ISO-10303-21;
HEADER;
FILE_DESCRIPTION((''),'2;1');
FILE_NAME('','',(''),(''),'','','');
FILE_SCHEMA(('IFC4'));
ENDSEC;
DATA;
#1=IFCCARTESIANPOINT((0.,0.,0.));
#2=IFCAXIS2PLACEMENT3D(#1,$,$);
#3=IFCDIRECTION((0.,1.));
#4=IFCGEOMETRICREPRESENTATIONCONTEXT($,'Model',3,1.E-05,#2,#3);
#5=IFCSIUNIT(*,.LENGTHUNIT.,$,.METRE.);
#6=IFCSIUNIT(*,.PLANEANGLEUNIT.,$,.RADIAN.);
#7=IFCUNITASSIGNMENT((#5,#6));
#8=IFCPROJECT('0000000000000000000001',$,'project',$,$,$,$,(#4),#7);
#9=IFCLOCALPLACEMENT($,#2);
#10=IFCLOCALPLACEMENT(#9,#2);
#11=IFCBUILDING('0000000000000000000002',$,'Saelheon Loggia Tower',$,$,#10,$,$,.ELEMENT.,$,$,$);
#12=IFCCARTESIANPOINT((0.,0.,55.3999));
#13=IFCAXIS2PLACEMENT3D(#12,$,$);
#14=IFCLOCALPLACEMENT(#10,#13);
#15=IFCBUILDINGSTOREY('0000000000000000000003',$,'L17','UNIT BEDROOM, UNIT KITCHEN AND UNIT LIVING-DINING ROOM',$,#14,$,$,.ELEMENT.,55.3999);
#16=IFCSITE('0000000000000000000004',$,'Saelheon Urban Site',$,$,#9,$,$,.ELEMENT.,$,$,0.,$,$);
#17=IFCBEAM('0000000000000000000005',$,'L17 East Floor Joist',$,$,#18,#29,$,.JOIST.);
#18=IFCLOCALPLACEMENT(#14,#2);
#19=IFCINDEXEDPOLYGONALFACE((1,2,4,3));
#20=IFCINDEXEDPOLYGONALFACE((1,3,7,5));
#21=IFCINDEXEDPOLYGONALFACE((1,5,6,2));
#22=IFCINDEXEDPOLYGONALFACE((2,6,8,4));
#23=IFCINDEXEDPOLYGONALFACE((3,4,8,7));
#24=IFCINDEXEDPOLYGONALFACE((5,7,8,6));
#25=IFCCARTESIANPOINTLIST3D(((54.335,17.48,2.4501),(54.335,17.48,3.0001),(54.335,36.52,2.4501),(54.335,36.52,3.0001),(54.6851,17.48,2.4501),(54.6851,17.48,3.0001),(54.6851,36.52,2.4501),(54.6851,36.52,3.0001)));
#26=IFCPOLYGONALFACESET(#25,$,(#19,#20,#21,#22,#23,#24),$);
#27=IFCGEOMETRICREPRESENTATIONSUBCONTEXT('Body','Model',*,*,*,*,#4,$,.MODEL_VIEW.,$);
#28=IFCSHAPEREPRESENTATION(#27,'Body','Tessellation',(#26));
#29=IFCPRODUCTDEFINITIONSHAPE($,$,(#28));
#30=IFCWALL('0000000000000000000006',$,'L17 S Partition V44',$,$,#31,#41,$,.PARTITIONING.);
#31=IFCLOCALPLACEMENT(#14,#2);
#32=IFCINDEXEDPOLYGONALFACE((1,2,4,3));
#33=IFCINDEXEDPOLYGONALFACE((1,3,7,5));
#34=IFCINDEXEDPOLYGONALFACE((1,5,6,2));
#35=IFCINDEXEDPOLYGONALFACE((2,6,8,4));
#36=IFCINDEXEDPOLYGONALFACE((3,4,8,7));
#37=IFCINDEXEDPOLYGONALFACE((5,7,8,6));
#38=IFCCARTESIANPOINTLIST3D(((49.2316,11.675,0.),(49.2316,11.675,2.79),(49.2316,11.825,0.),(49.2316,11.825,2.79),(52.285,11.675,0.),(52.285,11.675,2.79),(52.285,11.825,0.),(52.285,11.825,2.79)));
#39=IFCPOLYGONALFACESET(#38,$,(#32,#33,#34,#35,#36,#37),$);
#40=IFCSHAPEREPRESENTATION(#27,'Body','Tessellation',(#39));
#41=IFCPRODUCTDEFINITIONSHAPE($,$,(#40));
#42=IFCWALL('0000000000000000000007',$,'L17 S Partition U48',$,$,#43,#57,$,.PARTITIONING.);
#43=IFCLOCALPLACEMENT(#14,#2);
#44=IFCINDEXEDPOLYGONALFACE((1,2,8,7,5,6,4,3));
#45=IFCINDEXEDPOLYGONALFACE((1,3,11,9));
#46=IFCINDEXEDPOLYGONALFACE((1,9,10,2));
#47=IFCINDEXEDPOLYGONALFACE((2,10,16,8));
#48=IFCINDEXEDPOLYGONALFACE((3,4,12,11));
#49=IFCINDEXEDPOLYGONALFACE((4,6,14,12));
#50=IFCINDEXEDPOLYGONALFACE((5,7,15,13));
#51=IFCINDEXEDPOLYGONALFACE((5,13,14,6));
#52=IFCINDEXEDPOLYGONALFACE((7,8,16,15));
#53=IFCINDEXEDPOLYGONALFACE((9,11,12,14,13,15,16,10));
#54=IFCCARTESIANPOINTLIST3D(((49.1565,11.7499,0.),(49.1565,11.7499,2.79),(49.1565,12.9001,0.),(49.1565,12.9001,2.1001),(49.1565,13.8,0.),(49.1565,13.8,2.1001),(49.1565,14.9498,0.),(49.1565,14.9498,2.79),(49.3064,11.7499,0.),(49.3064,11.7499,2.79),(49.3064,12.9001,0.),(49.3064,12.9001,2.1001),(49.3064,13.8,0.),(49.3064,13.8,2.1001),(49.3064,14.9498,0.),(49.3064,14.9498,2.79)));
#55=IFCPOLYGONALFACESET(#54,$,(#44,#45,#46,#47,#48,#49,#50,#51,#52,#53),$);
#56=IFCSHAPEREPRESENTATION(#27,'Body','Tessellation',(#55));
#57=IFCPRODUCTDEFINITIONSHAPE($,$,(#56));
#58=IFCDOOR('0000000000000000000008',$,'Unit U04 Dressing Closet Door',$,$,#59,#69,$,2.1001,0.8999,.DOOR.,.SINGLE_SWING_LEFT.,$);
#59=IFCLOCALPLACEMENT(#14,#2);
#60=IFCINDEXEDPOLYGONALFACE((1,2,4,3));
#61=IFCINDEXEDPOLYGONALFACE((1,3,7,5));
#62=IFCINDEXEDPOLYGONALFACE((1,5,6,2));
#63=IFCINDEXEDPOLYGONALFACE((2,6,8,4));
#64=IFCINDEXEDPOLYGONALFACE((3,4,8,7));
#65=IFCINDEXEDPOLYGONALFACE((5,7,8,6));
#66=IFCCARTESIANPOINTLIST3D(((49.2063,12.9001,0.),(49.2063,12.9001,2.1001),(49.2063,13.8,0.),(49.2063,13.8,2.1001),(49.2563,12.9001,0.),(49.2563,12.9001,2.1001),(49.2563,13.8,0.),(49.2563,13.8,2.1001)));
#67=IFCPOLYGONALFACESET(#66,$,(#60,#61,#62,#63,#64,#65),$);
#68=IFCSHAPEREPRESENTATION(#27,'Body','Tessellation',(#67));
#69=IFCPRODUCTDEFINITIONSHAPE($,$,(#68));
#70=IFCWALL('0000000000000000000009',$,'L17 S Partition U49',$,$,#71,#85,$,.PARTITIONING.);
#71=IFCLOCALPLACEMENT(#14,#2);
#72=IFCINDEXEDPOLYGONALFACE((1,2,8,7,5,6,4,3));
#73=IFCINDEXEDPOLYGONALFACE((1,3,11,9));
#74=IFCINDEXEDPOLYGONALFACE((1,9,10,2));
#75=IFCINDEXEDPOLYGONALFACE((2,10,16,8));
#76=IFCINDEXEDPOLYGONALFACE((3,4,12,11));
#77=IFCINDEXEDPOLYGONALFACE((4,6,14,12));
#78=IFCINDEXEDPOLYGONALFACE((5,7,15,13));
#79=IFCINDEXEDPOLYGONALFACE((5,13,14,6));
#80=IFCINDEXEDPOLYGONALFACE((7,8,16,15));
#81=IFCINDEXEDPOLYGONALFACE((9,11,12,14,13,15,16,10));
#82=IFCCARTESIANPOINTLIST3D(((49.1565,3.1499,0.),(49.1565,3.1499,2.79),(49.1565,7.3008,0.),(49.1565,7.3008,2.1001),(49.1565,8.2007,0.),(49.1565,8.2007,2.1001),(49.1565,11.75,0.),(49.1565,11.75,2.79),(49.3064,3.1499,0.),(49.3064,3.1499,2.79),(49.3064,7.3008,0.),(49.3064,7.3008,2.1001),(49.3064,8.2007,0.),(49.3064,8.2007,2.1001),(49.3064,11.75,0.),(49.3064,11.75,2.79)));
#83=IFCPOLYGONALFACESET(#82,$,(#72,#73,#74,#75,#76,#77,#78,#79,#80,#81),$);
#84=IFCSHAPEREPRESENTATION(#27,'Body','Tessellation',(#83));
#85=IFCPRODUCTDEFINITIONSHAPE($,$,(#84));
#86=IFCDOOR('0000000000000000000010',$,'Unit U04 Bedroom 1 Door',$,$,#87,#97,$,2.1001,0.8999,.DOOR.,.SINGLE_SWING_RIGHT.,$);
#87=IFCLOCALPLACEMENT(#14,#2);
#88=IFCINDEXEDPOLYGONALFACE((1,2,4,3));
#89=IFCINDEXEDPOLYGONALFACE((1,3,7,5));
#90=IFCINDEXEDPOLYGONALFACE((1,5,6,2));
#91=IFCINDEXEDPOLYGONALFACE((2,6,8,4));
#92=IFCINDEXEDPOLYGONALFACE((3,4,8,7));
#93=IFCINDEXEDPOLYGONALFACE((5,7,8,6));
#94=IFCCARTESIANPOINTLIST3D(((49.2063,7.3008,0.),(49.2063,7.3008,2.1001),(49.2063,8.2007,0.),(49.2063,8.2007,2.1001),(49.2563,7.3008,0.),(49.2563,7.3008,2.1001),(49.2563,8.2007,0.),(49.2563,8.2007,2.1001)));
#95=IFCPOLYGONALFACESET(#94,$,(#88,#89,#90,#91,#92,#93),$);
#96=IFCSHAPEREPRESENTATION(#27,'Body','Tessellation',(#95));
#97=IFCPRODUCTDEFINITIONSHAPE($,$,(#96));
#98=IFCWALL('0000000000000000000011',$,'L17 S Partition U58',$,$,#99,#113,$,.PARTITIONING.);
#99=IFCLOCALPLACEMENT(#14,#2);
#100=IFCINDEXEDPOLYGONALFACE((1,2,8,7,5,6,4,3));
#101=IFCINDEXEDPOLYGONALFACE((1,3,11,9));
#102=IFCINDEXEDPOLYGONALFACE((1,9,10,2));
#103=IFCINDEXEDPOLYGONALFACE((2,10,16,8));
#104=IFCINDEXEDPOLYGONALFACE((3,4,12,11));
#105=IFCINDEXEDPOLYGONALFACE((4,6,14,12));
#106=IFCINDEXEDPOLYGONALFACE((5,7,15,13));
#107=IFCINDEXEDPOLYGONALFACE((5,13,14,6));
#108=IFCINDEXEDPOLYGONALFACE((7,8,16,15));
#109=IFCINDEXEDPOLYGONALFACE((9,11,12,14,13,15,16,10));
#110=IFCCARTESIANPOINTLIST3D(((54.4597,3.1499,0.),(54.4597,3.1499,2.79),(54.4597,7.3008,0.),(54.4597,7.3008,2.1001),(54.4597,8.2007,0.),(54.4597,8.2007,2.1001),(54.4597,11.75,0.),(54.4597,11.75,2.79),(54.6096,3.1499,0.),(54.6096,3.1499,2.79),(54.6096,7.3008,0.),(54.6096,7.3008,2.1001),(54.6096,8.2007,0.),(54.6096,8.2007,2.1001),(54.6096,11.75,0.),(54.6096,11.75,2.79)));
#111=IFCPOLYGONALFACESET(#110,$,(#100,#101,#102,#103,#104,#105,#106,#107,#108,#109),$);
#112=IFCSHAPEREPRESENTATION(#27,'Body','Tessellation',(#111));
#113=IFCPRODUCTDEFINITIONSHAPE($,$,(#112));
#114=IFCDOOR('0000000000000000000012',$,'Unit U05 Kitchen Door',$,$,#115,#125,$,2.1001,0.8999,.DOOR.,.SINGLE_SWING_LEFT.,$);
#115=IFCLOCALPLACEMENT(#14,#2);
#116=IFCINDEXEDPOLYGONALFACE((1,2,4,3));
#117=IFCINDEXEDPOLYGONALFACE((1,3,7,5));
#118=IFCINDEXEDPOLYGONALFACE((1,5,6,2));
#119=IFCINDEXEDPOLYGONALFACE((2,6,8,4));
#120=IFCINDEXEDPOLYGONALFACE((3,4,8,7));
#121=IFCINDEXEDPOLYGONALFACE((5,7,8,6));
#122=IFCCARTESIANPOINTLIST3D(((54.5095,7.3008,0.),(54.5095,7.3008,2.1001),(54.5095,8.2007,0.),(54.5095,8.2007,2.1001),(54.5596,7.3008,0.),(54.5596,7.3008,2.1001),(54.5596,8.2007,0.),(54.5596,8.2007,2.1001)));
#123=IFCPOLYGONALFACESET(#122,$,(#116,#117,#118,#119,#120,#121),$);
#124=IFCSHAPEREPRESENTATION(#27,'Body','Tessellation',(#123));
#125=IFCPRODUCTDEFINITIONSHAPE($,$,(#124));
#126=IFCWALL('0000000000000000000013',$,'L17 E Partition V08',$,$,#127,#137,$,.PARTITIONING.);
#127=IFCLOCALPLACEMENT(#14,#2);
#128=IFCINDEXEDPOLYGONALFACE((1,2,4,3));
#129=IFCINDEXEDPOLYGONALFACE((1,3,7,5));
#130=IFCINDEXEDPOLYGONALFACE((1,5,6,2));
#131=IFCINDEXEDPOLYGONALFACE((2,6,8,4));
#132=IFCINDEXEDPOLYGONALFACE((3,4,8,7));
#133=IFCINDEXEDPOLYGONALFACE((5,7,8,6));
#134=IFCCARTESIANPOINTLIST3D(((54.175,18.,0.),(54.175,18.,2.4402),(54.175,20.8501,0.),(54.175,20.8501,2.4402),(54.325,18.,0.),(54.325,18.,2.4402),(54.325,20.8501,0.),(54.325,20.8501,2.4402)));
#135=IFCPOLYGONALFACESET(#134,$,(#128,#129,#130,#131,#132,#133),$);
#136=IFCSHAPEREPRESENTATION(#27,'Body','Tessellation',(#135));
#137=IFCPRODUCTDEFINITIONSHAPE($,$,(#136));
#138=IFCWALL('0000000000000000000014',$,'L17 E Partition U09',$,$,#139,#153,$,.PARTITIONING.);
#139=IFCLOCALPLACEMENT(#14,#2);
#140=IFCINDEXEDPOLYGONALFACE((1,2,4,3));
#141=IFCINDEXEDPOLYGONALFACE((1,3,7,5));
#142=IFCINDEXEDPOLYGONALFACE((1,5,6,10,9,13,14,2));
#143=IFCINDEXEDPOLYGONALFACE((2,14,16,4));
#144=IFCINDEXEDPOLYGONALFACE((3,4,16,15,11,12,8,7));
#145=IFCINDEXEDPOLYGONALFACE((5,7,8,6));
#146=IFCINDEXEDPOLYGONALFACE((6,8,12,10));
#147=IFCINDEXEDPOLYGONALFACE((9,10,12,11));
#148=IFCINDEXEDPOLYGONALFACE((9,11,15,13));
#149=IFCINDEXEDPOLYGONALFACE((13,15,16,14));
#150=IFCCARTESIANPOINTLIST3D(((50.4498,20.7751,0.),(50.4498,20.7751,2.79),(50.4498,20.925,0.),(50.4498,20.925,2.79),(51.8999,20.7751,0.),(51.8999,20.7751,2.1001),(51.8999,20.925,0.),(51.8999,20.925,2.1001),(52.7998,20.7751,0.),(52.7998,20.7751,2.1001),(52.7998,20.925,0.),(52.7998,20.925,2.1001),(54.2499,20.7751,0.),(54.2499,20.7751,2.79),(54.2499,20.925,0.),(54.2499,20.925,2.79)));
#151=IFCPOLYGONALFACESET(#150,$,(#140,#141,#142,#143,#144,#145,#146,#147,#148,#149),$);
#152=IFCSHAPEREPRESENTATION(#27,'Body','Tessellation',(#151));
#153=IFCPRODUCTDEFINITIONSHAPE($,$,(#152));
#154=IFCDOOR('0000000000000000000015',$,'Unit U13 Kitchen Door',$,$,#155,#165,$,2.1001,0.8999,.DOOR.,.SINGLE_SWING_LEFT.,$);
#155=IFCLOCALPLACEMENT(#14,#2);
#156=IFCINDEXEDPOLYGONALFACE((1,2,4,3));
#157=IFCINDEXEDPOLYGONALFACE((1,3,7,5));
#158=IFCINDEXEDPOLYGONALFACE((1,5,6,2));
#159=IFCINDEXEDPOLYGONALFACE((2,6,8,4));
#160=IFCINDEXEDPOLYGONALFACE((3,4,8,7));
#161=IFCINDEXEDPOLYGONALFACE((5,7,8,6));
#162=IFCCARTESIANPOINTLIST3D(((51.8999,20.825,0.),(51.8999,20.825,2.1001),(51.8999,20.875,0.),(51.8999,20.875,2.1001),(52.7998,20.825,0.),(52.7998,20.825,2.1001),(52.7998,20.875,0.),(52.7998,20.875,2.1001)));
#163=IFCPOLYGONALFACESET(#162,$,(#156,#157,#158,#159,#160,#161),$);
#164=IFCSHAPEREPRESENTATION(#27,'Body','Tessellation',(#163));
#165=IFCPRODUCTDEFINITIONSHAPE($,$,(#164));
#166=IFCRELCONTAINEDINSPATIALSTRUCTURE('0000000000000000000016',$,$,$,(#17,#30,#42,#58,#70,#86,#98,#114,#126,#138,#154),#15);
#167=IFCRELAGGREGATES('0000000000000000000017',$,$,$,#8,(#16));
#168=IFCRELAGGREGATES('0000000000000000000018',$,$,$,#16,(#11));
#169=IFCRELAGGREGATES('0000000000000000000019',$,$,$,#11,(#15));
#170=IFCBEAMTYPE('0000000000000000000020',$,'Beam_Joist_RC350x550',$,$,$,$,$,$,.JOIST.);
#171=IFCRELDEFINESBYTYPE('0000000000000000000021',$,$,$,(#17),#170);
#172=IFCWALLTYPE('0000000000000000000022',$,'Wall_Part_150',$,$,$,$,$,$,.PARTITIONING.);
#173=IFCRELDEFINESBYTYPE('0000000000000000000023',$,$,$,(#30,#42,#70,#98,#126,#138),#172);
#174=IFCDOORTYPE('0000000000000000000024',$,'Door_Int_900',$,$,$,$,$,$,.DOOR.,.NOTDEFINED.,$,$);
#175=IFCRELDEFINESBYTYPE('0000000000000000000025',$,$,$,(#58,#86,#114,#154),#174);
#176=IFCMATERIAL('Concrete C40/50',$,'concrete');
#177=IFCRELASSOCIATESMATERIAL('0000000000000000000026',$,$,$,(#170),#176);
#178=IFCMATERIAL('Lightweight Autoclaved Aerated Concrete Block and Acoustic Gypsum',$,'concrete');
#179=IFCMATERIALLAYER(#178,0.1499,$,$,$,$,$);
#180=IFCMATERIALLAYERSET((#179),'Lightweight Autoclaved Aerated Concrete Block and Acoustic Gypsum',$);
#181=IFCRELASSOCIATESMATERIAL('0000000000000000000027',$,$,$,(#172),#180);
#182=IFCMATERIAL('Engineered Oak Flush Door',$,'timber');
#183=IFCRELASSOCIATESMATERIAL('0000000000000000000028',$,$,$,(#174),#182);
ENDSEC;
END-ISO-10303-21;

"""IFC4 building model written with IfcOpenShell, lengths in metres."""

from ifc_helpers import new_model, si_unit, direction, frame, frame_2d, origin, origin_2d, place, context, subcontext, project, spatial, rectangle, extrude, source, transform, mapped, material, layer, layer_set, material_profile, profile_set, type_object, element, fill, save


model = new_model("IFC4")

# Units and contexts
model_context = context("Model", 3, precision=1e-05, world=origin(), true_north=direction((0.0, 1.0)))
body_context = subcontext(model_context, "Body", "Model", "MODEL_VIEW")
ifc_project = project(units=[si_unit("LENGTHUNIT", "METRE"), si_unit("PLANEANGLEUNIT", "RADIAN")], contexts=[model_context])

# Site, building, storey
site_placement = place(None, origin())
site = spatial("IfcSite", under=ifc_project, at=site_placement, Name="Saelheon Urban Site", CompositionType="ELEMENT", RefElevation=0.0)
building_placement = place(site_placement, origin())
building = spatial("IfcBuilding", under=site, at=building_placement, Name="Saelheon Loggia Tower", CompositionType="ELEMENT")
storey_placement = place(building_placement, frame((0.0, 0.0, 55.3999)))
storey = spatial("IfcBuildingStorey", under=building, at=storey_placement, Name="L17", Description="UNIT BEDROOM, UNIT KITCHEN AND UNIT LIVING-DINING ROOM", CompositionType="ELEMENT", Elevation=55.3999)

# Beam
ifc_material_1 = material(Name="Concrete C40/50", Category="concrete")
ifc_material_profile = material_profile(ifc_material_1, rectangle(XDim=0.3501, YDim=0.55, at=origin_2d()), Name="RC-350x550")
ifc_profile_set = profile_set([ifc_material_profile], Name="Concrete C40/50")
beam_type = type_object("IfcBeamType", Name="Beam_Joist_RC350x550", PredefinedType="JOIST", material=ifc_profile_set)
shared_shape_1 = source(origin(), body_context, "Body", "SweptSolid", [
    extrude(rectangle(XDim=0.3501, YDim=0.55, at=origin_2d()), origin(), (0.0, 0.0, 1.0), 19.04),
])
beam_placement = place(storey_placement, frame((54.51, 17.48, 2.7251), z_axis=(0.0, 1.0, 0.0), x_axis=(-1.0, 0.0, 0.0)))
element("IfcBeam", 1, at=beam_placement, inside=storey, type_object=beam_type, Name="L17 East Floor Joist", PredefinedType="JOIST", context=body_context, shape_type="MappedRepresentation", body=[
    mapped(shared_shape_1, transform((0.0, 0.0, 0.0), scale=1.0)),
])

# Wall
ifc_material_2 = material(Name="Lightweight Autoclaved Aerated Concrete Block and Acoustic Gypsum", Category="concrete")
ifc_layer_1 = layer(ifc_material_2, 0.1499)
ifc_layer_set_1 = layer_set([ifc_layer_1], Name="Lightweight Autoclaved Aerated Concrete Block and Acoustic Gypsum")
wall_type_1 = type_object("IfcWallType", Name="Wall_Part_150", PredefinedType="PARTITIONING", material=ifc_layer_set_1)
wall_1_placement = place(storey_placement, frame((49.2314, 11.75, 0.0), z_axis=(0.0, 0.0, 1.0), x_axis=(1.0, 0.0, 0.0)))
element("IfcWall", 2, at=wall_1_placement, inside=storey, type_object=wall_type_1, Name="L17 S Partition V44", PredefinedType="PARTITIONING", context=body_context, shape_type="SweptSolid", body=[
    extrude(rectangle(XDim=3.0535, YDim=0.1499, at=frame_2d((1.5269, 0.0))), origin(), (0.0, 0.0, 1.0), 2.79),
])

# Walls, openings, doors
wall_2_placement = place(storey_placement, frame((49.2314, 14.95, 0.0), z_axis=(0.0, 0.0, 1.0), x_axis=(0.0, -1.0, 0.0)))
wall_2 = element("IfcWall", 3, at=wall_2_placement, inside=storey, type_object=wall_type_1, Name="L17 S Partition U48", PredefinedType="PARTITIONING", context=body_context, shape_type="SweptSolid", body=[
    extrude(rectangle(XDim=3.2, YDim=0.1499, at=frame_2d((1.6001, 0.0))), origin(), (0.0, 0.0, 1.0), 2.79),
])
opening_1_placement = place(wall_2_placement, frame((1.1499, 0.0, 0.0)))
opening_1 = element("IfcOpeningElement", 4, at=opening_1_placement, cuts=wall_2, PredefinedType="OPENING", context=body_context, shape_type="SweptSolid", body=[
    extrude(rectangle(XDim=0.8999, YDim=2.1001, at=frame_2d((0.45, 1.05))), frame((0.0, 0.0869, 0.0), z_axis=(0.0, -1.0, 0.0), x_axis=(1.0, 0.0, 0.0)), (0.0, 0.0, 1.0), 0.1738),
])
ifc_material_3 = material(Name="Engineered Oak Flush Door", Category="timber")
door_type_1 = type_object("IfcDoorType", Name="Door_Int_900", OperationType="NOTDEFINED", PredefinedType="DOOR", material=ifc_material_3)
shared_shape_2 = source(origin(), body_context, "Body", "SweptSolid", [
    extrude(rectangle(XDim=0.8999, YDim=2.1001, at=frame_2d((0.45, 1.05))), frame((0.0, 0.0249, 0.0), z_axis=(0.0, -1.0, 0.0), x_axis=(1.0, 0.0, 0.0)), (0.0, 0.0, 1.0), 0.05),
])
door_1_placement = place(opening_1_placement, origin())
door_1 = element("IfcDoor", 5, at=door_1_placement, inside=storey, type_object=door_type_1, Name="Unit U04 Dressing Closet Door", OperationType="SINGLE_SWING_LEFT", OverallHeight=2.1001, OverallWidth=0.8999, PredefinedType="DOOR", context=body_context, shape_type="MappedRepresentation", body=[
    mapped(shared_shape_2, transform((0.0, 0.0, 0.0), scale=1.0)),
])
fill(opening_1, door_1)
wall_3_placement = place(storey_placement, frame((49.2314, 11.75, 0.0), z_axis=(0.0, 0.0, 1.0), x_axis=(0.0, -1.0, 0.0)))
wall_3 = element("IfcWall", 6, at=wall_3_placement, inside=storey, type_object=wall_type_1, Name="L17 S Partition U49", PredefinedType="PARTITIONING", context=body_context, shape_type="SweptSolid", body=[
    extrude(rectangle(XDim=8.6001, YDim=0.1499, at=frame_2d((4.3, 0.0))), origin(), (0.0, 0.0, 1.0), 2.79),
])
opening_2_placement = place(wall_3_placement, frame((3.5493, 0.0, 0.0)))
opening_2 = element("IfcOpeningElement", 7, at=opening_2_placement, cuts=wall_3, PredefinedType="OPENING", context=body_context, shape_type="SweptSolid", body=[
    extrude(rectangle(XDim=0.8999, YDim=2.1001, at=frame_2d((0.45, 1.05))), frame((0.0, 0.0869, 0.0), z_axis=(0.0, -1.0, 0.0), x_axis=(1.0, 0.0, 0.0)), (0.0, 0.0, 1.0), 0.1738),
])
door_2_placement = place(opening_2_placement, origin())
door_2 = element("IfcDoor", 8, at=door_2_placement, inside=storey, type_object=door_type_1, Name="Unit U04 Bedroom 1 Door", OperationType="SINGLE_SWING_RIGHT", OverallHeight=2.1001, OverallWidth=0.8999, PredefinedType="DOOR", context=body_context, shape_type="MappedRepresentation", body=[
    mapped(shared_shape_2, transform((0.0, 0.0, 0.0), scale=1.0)),
])
fill(opening_2, door_2)
wall_4_placement = place(storey_placement, frame((54.5347, 11.75, 0.0), z_axis=(0.0, 0.0, 1.0), x_axis=(0.0, -1.0, 0.0)))
wall_4 = element("IfcWall", 9, at=wall_4_placement, inside=storey, type_object=wall_type_1, Name="L17 S Partition U58", PredefinedType="PARTITIONING", context=body_context, shape_type="SweptSolid", body=[
    extrude(rectangle(XDim=8.6001, YDim=0.1499, at=frame_2d((4.3, 0.0))), origin(), (0.0, 0.0, 1.0), 2.79),
])
opening_3_placement = place(wall_4_placement, frame((3.5493, 0.0, 0.0)))
opening_3 = element("IfcOpeningElement", 10, at=opening_3_placement, cuts=wall_4, PredefinedType="OPENING", context=body_context, shape_type="SweptSolid", body=[
    extrude(rectangle(XDim=0.8999, YDim=2.1001, at=frame_2d((0.45, 1.05))), frame((0.0, 0.0869, 0.0), z_axis=(0.0, -1.0, 0.0), x_axis=(1.0, 0.0, 0.0)), (0.0, 0.0, 1.0), 0.1738),
])
door_3_placement = place(opening_3_placement, origin())
door_3 = element("IfcDoor", 11, at=door_3_placement, inside=storey, type_object=door_type_1, Name="Unit U05 Kitchen Door", OperationType="SINGLE_SWING_LEFT", OverallHeight=2.1001, OverallWidth=0.8999, PredefinedType="DOOR", context=body_context, shape_type="MappedRepresentation", body=[
    mapped(shared_shape_2, transform((0.0, 0.0, 0.0), scale=1.0)),
])
fill(opening_3, door_3)

# Wall
wall_5_placement = place(storey_placement, frame((54.25, 18.0, 0.0), z_axis=(0.0, 0.0, 1.0), x_axis=(0.0, 1.0, 0.0)))
element("IfcWall", 12, at=wall_5_placement, inside=storey, type_object=wall_type_1, Name="L17 E Partition V08", PredefinedType="PARTITIONING", context=body_context, shape_type="SweptSolid", body=[
    extrude(rectangle(XDim=2.8501, YDim=0.1499, at=frame_2d((1.425, 0.0))), origin(), (0.0, 0.0, 1.0), 2.4402),
])

# Wall, opening, door
wall_6_placement = place(storey_placement, frame((50.45, 20.8501, 0.0), z_axis=(0.0, 0.0, 1.0), x_axis=(1.0, 0.0, 0.0)))
wall_6 = element("IfcWall", 13, at=wall_6_placement, inside=storey, type_object=wall_type_1, Name="L17 E Partition U09", PredefinedType="PARTITIONING", context=body_context, shape_type="SweptSolid", body=[
    extrude(rectangle(XDim=3.8, YDim=0.1499, at=frame_2d((1.8999, 0.0))), origin(), (0.0, 0.0, 1.0), 2.79),
])
opening_4_placement = place(wall_6_placement, frame((1.45, 0.0, 0.0)))
opening_4 = element("IfcOpeningElement", 14, at=opening_4_placement, cuts=wall_6, PredefinedType="OPENING", context=body_context, shape_type="SweptSolid", body=[
    extrude(rectangle(XDim=0.8999, YDim=2.1001, at=frame_2d((0.45, 1.05))), frame((0.0, 0.0869, 0.0), z_axis=(0.0, -1.0, 0.0), x_axis=(1.0, 0.0, 0.0)), (0.0, 0.0, 1.0), 0.1738),
])
door_4_placement = place(opening_4_placement, origin())
door_4 = element("IfcDoor", 15, at=door_4_placement, inside=storey, type_object=door_type_1, Name="Unit U13 Kitchen Door", OperationType="SINGLE_SWING_LEFT", OverallHeight=2.1001, OverallWidth=0.8999, PredefinedType="DOOR", context=body_context, shape_type="MappedRepresentation", body=[
    mapped(shared_shape_2, transform((0.0, 0.0, 0.0), scale=1.0)),
])
fill(opening_4, door_4)

save(model, "model.ifc")
